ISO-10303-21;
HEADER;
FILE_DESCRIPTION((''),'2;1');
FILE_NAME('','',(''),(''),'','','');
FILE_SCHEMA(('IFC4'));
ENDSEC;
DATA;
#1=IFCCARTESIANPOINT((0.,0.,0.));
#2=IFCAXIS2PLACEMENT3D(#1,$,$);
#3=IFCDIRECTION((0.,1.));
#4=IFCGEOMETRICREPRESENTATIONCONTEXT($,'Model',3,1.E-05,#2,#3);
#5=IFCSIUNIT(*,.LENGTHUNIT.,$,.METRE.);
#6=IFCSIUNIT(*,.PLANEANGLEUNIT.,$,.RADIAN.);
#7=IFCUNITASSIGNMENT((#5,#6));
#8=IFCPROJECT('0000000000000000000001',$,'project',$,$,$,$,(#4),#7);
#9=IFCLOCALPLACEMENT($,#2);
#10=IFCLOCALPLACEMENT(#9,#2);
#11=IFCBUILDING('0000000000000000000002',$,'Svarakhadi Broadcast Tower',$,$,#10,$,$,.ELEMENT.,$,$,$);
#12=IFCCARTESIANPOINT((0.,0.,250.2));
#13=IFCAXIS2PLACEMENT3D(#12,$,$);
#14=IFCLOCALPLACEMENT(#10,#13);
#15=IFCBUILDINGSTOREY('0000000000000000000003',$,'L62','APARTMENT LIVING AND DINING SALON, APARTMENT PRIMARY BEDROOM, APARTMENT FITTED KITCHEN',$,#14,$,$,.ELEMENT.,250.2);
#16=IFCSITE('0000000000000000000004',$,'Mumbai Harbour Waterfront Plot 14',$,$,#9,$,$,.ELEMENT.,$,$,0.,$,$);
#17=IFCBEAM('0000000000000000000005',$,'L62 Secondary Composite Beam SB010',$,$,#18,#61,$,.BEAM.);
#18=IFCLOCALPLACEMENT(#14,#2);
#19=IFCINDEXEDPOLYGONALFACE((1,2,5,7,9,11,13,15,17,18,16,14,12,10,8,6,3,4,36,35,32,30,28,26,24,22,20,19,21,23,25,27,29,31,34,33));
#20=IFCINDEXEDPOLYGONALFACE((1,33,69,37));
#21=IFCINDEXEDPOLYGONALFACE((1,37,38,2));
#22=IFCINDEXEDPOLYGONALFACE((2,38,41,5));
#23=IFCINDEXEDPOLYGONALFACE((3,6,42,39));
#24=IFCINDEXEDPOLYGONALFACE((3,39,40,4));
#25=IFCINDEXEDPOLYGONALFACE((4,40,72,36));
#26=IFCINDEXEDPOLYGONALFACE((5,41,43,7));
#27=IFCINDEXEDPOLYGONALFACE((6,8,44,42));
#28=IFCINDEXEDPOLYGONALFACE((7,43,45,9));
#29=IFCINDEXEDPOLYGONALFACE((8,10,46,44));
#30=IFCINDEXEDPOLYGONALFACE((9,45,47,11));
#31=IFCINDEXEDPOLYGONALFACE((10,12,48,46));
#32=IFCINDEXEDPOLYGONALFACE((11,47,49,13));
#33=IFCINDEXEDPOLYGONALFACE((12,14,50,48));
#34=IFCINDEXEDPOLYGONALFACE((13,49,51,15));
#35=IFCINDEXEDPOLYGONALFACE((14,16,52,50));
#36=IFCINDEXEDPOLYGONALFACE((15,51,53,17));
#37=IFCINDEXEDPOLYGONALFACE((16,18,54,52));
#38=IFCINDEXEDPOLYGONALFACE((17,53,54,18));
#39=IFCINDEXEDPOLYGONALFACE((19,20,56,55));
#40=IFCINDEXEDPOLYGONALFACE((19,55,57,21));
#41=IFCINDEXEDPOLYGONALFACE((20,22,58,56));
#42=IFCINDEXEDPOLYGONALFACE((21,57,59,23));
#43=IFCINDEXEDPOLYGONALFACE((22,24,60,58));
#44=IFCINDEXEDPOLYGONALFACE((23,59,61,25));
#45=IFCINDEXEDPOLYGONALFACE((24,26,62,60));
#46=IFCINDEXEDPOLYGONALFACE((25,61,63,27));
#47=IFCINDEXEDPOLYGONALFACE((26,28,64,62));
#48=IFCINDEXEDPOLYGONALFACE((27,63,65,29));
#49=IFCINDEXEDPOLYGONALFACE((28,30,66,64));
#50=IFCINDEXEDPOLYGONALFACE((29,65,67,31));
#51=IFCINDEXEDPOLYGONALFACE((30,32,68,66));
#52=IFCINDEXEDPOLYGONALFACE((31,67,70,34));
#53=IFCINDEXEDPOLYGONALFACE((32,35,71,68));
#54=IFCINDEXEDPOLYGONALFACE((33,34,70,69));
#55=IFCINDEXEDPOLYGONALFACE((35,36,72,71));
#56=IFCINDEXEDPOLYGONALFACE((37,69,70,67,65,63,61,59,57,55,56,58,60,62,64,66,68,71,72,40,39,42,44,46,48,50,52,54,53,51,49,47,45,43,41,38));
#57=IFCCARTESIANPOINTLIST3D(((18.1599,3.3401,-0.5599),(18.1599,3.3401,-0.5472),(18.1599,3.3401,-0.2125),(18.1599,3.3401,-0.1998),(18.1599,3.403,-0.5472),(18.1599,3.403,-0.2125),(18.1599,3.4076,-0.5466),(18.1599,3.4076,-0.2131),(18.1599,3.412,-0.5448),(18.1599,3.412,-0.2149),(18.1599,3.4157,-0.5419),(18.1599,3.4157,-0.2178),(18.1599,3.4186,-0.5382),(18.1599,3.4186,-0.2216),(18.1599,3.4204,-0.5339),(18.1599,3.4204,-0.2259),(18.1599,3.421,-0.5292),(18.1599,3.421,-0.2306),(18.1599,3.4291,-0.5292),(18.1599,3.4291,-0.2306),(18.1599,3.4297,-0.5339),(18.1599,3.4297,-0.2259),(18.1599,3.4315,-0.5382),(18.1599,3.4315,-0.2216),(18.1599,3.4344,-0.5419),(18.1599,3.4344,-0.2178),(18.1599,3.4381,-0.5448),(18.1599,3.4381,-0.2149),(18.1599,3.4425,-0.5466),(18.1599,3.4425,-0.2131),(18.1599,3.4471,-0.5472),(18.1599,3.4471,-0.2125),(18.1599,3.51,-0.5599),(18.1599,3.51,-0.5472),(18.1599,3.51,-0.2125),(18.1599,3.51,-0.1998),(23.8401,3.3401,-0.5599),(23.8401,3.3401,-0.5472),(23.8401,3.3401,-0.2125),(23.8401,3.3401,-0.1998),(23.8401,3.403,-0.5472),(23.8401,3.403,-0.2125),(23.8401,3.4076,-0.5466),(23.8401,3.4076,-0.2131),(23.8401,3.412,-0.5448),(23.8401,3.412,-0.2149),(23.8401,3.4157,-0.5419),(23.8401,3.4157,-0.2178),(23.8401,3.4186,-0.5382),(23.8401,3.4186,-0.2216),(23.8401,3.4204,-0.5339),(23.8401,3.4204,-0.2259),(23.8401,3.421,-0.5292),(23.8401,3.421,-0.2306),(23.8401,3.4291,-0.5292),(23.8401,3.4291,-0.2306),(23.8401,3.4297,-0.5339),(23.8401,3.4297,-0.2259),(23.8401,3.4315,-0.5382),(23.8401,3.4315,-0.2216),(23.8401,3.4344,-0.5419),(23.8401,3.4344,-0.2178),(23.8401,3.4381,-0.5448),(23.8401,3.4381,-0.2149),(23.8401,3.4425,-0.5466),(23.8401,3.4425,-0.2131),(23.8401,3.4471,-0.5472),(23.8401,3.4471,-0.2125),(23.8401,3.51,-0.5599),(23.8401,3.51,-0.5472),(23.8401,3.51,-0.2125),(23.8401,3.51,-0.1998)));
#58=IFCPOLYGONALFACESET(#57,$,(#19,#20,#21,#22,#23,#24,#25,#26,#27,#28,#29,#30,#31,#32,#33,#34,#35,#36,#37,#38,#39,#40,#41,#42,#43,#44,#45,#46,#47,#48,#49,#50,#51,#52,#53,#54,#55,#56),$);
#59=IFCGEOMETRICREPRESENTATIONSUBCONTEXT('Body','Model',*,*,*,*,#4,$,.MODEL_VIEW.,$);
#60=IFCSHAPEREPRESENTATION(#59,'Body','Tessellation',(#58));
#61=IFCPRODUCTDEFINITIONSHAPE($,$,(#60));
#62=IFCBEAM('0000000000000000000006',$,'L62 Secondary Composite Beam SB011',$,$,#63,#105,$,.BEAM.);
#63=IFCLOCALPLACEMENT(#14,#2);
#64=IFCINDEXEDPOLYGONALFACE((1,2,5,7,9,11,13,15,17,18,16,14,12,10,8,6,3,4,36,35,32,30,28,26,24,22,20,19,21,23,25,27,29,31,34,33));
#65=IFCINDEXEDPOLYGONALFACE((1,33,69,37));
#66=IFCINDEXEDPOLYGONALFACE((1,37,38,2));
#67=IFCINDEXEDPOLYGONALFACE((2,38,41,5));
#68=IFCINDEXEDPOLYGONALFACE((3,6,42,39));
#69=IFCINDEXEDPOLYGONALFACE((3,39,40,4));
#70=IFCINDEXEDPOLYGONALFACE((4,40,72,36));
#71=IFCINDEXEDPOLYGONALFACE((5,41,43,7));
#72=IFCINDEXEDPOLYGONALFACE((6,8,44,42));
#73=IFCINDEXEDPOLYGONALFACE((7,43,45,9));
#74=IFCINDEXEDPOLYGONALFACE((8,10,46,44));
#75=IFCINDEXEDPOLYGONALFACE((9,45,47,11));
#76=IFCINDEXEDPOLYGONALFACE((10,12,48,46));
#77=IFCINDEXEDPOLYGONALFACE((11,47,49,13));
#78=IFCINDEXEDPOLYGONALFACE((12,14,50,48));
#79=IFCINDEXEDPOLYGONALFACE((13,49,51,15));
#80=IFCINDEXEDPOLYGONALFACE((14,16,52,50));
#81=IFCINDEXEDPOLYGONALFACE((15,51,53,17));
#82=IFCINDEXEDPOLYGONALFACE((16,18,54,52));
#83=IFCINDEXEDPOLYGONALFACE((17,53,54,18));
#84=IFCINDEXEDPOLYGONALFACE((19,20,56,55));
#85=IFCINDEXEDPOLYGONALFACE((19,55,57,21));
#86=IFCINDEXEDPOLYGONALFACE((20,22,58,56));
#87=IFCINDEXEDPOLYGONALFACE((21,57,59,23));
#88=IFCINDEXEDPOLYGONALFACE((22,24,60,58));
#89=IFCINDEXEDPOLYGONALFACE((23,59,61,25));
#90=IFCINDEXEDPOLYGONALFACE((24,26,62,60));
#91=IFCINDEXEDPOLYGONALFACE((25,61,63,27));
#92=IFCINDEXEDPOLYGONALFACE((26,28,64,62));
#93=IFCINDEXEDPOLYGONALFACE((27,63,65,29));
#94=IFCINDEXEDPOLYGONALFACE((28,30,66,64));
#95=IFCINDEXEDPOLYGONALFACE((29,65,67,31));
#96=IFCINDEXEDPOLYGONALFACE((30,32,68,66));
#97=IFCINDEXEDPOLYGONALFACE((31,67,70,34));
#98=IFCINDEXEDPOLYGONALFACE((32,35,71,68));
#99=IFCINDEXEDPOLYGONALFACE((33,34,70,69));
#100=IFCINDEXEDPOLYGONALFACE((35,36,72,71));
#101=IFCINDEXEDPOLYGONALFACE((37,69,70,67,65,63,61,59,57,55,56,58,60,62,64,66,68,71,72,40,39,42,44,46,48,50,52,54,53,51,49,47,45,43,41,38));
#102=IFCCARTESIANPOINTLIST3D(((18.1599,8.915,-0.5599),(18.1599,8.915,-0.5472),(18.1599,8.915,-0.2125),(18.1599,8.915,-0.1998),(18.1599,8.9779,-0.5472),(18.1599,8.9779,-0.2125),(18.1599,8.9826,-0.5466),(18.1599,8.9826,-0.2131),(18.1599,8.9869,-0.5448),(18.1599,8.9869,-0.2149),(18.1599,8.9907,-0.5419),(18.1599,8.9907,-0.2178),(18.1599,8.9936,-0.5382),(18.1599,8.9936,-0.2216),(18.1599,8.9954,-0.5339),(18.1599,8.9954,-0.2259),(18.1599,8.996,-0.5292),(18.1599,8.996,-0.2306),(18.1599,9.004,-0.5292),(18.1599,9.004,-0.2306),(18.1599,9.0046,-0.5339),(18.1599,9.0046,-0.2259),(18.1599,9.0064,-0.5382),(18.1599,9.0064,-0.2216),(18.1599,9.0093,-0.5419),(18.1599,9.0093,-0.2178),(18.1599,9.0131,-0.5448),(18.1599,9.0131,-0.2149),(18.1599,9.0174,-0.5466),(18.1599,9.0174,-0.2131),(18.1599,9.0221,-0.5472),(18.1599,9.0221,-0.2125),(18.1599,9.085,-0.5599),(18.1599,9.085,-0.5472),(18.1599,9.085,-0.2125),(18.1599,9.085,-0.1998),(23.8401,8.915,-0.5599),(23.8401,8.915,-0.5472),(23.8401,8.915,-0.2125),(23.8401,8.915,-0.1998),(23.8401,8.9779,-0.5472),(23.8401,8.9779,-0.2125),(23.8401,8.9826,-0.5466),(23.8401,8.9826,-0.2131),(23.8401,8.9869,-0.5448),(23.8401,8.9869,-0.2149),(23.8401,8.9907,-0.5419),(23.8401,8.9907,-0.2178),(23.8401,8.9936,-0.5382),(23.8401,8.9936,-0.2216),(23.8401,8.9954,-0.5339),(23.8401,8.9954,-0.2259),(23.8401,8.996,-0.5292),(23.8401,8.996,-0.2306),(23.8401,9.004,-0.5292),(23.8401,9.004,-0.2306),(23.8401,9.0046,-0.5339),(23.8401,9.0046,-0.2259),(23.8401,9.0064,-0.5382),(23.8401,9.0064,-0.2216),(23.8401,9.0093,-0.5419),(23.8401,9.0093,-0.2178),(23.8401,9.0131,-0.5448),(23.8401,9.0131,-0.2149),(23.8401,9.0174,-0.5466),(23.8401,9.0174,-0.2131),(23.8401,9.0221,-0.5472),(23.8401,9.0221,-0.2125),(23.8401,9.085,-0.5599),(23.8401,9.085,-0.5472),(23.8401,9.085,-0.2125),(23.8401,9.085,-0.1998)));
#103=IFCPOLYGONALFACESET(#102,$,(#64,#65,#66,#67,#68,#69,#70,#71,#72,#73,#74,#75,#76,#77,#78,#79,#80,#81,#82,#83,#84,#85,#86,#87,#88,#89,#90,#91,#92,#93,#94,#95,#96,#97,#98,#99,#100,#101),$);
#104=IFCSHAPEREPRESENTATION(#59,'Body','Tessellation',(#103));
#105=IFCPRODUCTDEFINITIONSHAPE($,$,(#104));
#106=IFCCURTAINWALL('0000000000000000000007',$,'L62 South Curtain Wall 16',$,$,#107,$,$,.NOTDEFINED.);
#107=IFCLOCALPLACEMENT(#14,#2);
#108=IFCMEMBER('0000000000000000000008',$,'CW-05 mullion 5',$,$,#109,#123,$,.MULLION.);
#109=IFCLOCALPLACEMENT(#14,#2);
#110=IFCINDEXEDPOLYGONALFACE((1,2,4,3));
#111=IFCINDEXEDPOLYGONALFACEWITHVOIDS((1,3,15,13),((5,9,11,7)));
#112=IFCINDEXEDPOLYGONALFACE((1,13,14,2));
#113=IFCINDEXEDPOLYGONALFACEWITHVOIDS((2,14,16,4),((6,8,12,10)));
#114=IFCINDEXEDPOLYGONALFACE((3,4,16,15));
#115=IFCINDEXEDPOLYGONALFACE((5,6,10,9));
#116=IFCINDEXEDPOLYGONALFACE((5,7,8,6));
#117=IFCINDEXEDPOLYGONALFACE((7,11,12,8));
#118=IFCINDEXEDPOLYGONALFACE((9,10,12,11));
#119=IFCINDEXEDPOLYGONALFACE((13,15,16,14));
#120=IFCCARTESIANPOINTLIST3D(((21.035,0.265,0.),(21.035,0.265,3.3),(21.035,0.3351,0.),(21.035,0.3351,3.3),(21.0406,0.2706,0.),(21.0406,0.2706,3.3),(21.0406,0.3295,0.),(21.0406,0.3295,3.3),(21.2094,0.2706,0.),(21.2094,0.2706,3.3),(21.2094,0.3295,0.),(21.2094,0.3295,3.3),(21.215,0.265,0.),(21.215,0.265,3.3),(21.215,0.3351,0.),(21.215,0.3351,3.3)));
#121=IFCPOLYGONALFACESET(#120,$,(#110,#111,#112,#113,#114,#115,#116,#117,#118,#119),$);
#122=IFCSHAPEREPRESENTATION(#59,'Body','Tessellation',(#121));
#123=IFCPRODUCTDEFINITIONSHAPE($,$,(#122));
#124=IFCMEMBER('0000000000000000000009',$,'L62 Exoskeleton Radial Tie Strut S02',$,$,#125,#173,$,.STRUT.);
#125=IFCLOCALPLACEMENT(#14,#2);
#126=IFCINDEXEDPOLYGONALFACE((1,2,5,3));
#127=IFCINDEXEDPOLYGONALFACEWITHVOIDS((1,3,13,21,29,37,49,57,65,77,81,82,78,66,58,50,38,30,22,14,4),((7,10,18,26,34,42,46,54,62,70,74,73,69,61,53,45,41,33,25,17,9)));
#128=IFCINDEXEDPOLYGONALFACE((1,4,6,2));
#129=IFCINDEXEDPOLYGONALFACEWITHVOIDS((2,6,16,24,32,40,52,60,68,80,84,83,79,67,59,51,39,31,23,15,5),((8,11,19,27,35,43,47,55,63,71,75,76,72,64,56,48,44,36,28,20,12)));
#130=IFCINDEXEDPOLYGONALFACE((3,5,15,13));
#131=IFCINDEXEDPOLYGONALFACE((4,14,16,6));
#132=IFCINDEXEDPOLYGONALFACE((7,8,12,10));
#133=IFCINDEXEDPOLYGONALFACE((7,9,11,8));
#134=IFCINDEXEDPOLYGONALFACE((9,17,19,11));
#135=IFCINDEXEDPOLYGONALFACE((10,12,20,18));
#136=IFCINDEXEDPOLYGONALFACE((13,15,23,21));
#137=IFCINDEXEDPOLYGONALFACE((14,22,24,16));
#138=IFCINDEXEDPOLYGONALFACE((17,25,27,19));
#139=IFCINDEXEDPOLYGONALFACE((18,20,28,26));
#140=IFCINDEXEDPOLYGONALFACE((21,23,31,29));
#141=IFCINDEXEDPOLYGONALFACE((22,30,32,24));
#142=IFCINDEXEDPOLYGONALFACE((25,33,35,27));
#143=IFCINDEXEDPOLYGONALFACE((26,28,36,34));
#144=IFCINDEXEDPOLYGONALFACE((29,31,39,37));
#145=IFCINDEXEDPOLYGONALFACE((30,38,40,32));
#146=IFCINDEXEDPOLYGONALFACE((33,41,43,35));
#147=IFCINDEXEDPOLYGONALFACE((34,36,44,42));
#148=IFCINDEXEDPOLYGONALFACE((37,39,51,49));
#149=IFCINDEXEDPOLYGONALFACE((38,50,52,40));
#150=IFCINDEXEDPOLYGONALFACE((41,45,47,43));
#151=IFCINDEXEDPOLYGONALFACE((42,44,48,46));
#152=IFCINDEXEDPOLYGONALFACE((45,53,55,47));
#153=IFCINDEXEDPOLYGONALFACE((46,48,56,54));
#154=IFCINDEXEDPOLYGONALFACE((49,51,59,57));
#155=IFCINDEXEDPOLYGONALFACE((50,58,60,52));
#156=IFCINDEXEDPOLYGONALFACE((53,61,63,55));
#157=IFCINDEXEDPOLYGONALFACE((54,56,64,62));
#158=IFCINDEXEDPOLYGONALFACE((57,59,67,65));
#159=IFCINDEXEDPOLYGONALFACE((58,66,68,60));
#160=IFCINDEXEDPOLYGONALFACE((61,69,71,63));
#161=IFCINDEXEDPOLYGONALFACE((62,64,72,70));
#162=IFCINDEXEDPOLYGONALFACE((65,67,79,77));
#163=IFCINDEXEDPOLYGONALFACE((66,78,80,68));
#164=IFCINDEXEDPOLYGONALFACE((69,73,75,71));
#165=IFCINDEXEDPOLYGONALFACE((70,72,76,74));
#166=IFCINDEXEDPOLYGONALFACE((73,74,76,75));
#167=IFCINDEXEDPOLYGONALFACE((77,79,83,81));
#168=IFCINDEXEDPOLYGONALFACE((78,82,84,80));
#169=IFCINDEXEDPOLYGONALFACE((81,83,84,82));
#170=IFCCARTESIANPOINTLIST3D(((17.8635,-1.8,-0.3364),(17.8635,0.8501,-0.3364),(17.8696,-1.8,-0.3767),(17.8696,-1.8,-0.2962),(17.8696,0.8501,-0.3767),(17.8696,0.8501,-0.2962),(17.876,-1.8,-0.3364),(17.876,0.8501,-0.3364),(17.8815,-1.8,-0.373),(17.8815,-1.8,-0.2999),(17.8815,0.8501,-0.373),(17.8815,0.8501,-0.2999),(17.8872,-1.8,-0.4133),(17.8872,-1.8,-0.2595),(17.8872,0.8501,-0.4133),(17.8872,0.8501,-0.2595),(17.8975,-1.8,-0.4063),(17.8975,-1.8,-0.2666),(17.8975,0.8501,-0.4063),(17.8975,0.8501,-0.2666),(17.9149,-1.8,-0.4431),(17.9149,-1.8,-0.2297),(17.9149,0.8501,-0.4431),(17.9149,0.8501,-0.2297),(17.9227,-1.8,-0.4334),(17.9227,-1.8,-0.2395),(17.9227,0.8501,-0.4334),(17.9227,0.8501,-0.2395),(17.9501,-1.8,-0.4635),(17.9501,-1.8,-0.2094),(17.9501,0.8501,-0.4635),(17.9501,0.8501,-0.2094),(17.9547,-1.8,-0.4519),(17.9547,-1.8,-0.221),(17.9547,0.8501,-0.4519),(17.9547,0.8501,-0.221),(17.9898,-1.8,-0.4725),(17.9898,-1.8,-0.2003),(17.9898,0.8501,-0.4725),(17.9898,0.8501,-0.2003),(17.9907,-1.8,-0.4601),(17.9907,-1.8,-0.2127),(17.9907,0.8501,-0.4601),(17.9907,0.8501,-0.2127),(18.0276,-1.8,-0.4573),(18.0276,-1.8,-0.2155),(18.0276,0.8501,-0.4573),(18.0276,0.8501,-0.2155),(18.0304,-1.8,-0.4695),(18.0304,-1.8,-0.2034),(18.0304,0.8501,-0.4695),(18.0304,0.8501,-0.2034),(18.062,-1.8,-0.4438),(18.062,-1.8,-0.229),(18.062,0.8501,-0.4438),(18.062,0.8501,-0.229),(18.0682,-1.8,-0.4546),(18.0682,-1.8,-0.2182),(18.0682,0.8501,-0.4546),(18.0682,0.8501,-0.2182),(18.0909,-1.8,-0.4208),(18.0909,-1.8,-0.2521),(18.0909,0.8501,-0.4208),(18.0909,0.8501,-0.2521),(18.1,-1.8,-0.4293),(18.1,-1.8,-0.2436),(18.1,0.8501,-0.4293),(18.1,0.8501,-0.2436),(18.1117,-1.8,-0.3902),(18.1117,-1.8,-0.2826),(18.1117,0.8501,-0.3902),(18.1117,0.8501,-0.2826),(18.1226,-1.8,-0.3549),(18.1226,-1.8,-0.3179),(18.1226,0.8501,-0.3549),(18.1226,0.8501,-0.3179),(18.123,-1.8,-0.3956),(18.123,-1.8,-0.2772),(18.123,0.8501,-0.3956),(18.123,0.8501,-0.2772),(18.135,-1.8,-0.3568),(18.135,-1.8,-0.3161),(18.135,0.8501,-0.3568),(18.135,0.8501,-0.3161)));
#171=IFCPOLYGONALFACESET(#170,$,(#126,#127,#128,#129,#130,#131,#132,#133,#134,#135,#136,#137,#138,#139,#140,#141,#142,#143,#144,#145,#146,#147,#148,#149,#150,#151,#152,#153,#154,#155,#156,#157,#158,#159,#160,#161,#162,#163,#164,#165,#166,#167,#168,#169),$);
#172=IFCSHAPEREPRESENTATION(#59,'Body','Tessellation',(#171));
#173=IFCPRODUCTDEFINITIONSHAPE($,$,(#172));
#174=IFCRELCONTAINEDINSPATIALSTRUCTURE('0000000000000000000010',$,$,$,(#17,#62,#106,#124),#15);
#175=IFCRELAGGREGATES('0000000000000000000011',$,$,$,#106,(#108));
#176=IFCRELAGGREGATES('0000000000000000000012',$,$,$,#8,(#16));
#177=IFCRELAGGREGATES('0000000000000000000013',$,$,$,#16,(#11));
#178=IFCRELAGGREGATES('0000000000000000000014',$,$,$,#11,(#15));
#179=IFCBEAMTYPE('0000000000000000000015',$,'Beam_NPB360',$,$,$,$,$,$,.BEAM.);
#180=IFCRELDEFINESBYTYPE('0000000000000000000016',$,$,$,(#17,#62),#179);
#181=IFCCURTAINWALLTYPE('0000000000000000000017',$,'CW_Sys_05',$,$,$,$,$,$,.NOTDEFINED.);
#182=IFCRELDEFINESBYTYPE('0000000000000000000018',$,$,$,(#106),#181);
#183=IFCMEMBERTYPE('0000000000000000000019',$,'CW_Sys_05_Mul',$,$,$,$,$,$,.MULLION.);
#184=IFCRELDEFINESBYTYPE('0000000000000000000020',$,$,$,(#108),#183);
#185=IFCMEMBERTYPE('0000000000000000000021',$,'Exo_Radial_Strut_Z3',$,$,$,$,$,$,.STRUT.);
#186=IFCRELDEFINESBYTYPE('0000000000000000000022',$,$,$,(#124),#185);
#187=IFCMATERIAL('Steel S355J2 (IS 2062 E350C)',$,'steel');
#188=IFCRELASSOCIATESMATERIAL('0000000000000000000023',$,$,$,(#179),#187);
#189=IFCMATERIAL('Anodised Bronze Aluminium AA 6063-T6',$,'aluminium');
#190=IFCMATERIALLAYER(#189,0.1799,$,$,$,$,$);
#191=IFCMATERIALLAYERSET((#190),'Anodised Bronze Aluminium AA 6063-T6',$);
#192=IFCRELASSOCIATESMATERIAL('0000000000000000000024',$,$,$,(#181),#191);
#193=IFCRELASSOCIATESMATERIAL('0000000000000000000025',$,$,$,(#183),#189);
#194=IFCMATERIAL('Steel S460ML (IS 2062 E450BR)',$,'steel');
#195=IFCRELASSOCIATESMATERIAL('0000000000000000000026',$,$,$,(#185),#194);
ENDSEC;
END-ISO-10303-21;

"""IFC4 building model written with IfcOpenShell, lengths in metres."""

from ifc_helpers import new_model, si_unit, direction, frame, origin, origin_2d, place, context, subcontext, project, spatial, hollow_rectangle, hollow_circle, i_section, extrude, material, layer, layer_set, material_profile, profile_set, type_object, element, aggregate, save


model = new_model("IFC4")

# Units and contexts
model_context = context("Model", 3, precision=1e-05, world=origin(), true_north=direction((0.0, 1.0)))
body_context = subcontext(model_context, "Body", "Model", "MODEL_VIEW")
ifc_project = project(units=[si_unit("LENGTHUNIT", "METRE"), si_unit("PLANEANGLEUNIT", "RADIAN")], contexts=[model_context])

# Site, building, storey
site_placement = place(None, origin())
site = spatial("IfcSite", under=ifc_project, at=site_placement, Name="Mumbai Harbour Waterfront Plot 14", CompositionType="ELEMENT", RefElevation=0.0)
building_placement = place(site_placement, origin())
building = spatial("IfcBuilding", under=site, at=building_placement, Name="Svarakhadi Broadcast Tower", CompositionType="ELEMENT")
storey_placement = place(building_placement, frame((0.0, 0.0, 250.2)))
storey = spatial("IfcBuildingStorey", under=building, at=storey_placement, Name="L62", Description="APARTMENT LIVING AND DINING SALON, APARTMENT PRIMARY BEDROOM, APARTMENT FITTED KITCHEN", CompositionType="ELEMENT", Elevation=250.2)

# Shared definitions
ifc_material_1 = material(Name="Steel S460ML (IS 2062 E450BR)", Category="steel")

# Beams
ifc_material_2 = material(Name="Steel S355J2 (IS 2062 E350C)", Category="steel")
ifc_material_profile_1 = material_profile(ifc_material_2, i_section(OverallWidth=0.1699, OverallDepth=0.3601, WebThickness=0.0081, FlangeThickness=0.0127, FilletRadius=0.0181, at=origin_2d()), Name="NPB 360x170x57")
ifc_profile_set_1 = profile_set([ifc_material_profile_1], Name="Steel S355J2 (IS 2062 E350C)")
beam_type_1 = type_object("IfcBeamType", Name="Beam_NPB360", PredefinedType="BEAM", material=ifc_profile_set_1)
for number, where, z_axis, x_axis, name in (
    (1, (18.1599, 3.425, -0.3799), (1.0, 0.0, 0.0), (0.0, 1.0, 0.0), "L62 Secondary Composite Beam SB010"),
    (2, (18.1599, 9.0, -0.3799), (1.0, 0.0, 0.0), (0.0, 1.0, 0.0), "L62 Secondary Composite Beam SB011"),
):
    element("IfcBeam", number, at=place(storey_placement, frame(where, z_axis=z_axis, x_axis=x_axis)), inside=storey, type_object=beam_type_1, Name=name, PredefinedType="BEAM", context=body_context, shape_type="SweptSolid", body=[
        extrude(i_section(OverallWidth=0.1699, OverallDepth=0.3601, WebThickness=0.0081, FlangeThickness=0.0127, FilletRadius=0.0181, at=origin_2d()), origin(), (0.0, 0.0, 1.0), 5.6802),
    ])

# Curtain wall, member
ifc_material_3 = material(Name="Anodised Bronze Aluminium AA 6063-T6", Category="aluminium")
ifc_layer_1 = layer(ifc_material_3, 0.1799)
ifc_layer_set_1 = layer_set([ifc_layer_1], Name="Anodised Bronze Aluminium AA 6063-T6")
curtain_wall_type = type_object("IfcCurtainWallType", Name="CW_Sys_05", PredefinedType="NOTDEFINED", material=ifc_layer_set_1)
curtain_wall_placement = place(storey_placement, origin())
curtain_wall = element("IfcCurtainWall", 3, at=curtain_wall_placement, inside=storey, type_object=curtain_wall_type, Name="L62 South Curtain Wall 16", PredefinedType="NOTDEFINED")
ifc_material_profile_2 = material_profile(ifc_material_3, hollow_rectangle(XDim=0.0701, YDim=0.1799, WallThickness=0.0056, at=origin_2d()), Name="ALU MULLION 180x70x6")
ifc_profile_set_2 = profile_set([ifc_material_profile_2], Name="Anodised Bronze Aluminium AA 6063-T6")
member_type_1 = type_object("IfcMemberType", Name="CW_Sys_05_Mul", PredefinedType="MULLION", material=ifc_profile_set_2)
member_1_placement = place(storey_placement, frame((21.125, 0.3, 0.0), z_axis=(0.0, 0.0, 1.0), x_axis=(0.0, -1.0, 0.0)))
member_1 = element("IfcMember", 4, at=member_1_placement, type_object=member_type_1, Name="CW-05 mullion 5", PredefinedType="MULLION", context=body_context, shape_type="SweptSolid", body=[
    extrude(hollow_rectangle(XDim=0.0701, YDim=0.1799, WallThickness=0.0056, at=origin_2d()), origin(), (0.0, 0.0, 1.0), 3.3),
])

# Member
ifc_material_profile_3 = material_profile(ifc_material_1, hollow_circle(Radius=0.1365, WallThickness=0.0125, at=origin_2d()), Name="CHS 273x12.5")
ifc_profile_set_3 = profile_set([ifc_material_profile_3], Name="Steel S460ML (IS 2062 E450BR)")
member_type_2 = type_object("IfcMemberType", Name="Exo_Radial_Strut_Z3", PredefinedType="STRUT", material=ifc_profile_set_3)
member_2_placement = place(storey_placement, frame((18.0, -1.8, -0.3364), z_axis=(0.0, 1.0, 0.0), x_axis=(-1.0, 0.0, 0.0)))
element("IfcMember", 5, at=member_2_placement, inside=storey, type_object=member_type_2, Name="L62 Exoskeleton Radial Tie Strut S02", PredefinedType="STRUT", context=body_context, shape_type="SweptSolid", body=[
    extrude(hollow_circle(Radius=0.1365, WallThickness=0.0125, at=origin_2d()), origin(), (0.0, 0.0, 1.0), 2.6501),
])

aggregate(curtain_wall, [member_1])

save(model, "model.ifc")
